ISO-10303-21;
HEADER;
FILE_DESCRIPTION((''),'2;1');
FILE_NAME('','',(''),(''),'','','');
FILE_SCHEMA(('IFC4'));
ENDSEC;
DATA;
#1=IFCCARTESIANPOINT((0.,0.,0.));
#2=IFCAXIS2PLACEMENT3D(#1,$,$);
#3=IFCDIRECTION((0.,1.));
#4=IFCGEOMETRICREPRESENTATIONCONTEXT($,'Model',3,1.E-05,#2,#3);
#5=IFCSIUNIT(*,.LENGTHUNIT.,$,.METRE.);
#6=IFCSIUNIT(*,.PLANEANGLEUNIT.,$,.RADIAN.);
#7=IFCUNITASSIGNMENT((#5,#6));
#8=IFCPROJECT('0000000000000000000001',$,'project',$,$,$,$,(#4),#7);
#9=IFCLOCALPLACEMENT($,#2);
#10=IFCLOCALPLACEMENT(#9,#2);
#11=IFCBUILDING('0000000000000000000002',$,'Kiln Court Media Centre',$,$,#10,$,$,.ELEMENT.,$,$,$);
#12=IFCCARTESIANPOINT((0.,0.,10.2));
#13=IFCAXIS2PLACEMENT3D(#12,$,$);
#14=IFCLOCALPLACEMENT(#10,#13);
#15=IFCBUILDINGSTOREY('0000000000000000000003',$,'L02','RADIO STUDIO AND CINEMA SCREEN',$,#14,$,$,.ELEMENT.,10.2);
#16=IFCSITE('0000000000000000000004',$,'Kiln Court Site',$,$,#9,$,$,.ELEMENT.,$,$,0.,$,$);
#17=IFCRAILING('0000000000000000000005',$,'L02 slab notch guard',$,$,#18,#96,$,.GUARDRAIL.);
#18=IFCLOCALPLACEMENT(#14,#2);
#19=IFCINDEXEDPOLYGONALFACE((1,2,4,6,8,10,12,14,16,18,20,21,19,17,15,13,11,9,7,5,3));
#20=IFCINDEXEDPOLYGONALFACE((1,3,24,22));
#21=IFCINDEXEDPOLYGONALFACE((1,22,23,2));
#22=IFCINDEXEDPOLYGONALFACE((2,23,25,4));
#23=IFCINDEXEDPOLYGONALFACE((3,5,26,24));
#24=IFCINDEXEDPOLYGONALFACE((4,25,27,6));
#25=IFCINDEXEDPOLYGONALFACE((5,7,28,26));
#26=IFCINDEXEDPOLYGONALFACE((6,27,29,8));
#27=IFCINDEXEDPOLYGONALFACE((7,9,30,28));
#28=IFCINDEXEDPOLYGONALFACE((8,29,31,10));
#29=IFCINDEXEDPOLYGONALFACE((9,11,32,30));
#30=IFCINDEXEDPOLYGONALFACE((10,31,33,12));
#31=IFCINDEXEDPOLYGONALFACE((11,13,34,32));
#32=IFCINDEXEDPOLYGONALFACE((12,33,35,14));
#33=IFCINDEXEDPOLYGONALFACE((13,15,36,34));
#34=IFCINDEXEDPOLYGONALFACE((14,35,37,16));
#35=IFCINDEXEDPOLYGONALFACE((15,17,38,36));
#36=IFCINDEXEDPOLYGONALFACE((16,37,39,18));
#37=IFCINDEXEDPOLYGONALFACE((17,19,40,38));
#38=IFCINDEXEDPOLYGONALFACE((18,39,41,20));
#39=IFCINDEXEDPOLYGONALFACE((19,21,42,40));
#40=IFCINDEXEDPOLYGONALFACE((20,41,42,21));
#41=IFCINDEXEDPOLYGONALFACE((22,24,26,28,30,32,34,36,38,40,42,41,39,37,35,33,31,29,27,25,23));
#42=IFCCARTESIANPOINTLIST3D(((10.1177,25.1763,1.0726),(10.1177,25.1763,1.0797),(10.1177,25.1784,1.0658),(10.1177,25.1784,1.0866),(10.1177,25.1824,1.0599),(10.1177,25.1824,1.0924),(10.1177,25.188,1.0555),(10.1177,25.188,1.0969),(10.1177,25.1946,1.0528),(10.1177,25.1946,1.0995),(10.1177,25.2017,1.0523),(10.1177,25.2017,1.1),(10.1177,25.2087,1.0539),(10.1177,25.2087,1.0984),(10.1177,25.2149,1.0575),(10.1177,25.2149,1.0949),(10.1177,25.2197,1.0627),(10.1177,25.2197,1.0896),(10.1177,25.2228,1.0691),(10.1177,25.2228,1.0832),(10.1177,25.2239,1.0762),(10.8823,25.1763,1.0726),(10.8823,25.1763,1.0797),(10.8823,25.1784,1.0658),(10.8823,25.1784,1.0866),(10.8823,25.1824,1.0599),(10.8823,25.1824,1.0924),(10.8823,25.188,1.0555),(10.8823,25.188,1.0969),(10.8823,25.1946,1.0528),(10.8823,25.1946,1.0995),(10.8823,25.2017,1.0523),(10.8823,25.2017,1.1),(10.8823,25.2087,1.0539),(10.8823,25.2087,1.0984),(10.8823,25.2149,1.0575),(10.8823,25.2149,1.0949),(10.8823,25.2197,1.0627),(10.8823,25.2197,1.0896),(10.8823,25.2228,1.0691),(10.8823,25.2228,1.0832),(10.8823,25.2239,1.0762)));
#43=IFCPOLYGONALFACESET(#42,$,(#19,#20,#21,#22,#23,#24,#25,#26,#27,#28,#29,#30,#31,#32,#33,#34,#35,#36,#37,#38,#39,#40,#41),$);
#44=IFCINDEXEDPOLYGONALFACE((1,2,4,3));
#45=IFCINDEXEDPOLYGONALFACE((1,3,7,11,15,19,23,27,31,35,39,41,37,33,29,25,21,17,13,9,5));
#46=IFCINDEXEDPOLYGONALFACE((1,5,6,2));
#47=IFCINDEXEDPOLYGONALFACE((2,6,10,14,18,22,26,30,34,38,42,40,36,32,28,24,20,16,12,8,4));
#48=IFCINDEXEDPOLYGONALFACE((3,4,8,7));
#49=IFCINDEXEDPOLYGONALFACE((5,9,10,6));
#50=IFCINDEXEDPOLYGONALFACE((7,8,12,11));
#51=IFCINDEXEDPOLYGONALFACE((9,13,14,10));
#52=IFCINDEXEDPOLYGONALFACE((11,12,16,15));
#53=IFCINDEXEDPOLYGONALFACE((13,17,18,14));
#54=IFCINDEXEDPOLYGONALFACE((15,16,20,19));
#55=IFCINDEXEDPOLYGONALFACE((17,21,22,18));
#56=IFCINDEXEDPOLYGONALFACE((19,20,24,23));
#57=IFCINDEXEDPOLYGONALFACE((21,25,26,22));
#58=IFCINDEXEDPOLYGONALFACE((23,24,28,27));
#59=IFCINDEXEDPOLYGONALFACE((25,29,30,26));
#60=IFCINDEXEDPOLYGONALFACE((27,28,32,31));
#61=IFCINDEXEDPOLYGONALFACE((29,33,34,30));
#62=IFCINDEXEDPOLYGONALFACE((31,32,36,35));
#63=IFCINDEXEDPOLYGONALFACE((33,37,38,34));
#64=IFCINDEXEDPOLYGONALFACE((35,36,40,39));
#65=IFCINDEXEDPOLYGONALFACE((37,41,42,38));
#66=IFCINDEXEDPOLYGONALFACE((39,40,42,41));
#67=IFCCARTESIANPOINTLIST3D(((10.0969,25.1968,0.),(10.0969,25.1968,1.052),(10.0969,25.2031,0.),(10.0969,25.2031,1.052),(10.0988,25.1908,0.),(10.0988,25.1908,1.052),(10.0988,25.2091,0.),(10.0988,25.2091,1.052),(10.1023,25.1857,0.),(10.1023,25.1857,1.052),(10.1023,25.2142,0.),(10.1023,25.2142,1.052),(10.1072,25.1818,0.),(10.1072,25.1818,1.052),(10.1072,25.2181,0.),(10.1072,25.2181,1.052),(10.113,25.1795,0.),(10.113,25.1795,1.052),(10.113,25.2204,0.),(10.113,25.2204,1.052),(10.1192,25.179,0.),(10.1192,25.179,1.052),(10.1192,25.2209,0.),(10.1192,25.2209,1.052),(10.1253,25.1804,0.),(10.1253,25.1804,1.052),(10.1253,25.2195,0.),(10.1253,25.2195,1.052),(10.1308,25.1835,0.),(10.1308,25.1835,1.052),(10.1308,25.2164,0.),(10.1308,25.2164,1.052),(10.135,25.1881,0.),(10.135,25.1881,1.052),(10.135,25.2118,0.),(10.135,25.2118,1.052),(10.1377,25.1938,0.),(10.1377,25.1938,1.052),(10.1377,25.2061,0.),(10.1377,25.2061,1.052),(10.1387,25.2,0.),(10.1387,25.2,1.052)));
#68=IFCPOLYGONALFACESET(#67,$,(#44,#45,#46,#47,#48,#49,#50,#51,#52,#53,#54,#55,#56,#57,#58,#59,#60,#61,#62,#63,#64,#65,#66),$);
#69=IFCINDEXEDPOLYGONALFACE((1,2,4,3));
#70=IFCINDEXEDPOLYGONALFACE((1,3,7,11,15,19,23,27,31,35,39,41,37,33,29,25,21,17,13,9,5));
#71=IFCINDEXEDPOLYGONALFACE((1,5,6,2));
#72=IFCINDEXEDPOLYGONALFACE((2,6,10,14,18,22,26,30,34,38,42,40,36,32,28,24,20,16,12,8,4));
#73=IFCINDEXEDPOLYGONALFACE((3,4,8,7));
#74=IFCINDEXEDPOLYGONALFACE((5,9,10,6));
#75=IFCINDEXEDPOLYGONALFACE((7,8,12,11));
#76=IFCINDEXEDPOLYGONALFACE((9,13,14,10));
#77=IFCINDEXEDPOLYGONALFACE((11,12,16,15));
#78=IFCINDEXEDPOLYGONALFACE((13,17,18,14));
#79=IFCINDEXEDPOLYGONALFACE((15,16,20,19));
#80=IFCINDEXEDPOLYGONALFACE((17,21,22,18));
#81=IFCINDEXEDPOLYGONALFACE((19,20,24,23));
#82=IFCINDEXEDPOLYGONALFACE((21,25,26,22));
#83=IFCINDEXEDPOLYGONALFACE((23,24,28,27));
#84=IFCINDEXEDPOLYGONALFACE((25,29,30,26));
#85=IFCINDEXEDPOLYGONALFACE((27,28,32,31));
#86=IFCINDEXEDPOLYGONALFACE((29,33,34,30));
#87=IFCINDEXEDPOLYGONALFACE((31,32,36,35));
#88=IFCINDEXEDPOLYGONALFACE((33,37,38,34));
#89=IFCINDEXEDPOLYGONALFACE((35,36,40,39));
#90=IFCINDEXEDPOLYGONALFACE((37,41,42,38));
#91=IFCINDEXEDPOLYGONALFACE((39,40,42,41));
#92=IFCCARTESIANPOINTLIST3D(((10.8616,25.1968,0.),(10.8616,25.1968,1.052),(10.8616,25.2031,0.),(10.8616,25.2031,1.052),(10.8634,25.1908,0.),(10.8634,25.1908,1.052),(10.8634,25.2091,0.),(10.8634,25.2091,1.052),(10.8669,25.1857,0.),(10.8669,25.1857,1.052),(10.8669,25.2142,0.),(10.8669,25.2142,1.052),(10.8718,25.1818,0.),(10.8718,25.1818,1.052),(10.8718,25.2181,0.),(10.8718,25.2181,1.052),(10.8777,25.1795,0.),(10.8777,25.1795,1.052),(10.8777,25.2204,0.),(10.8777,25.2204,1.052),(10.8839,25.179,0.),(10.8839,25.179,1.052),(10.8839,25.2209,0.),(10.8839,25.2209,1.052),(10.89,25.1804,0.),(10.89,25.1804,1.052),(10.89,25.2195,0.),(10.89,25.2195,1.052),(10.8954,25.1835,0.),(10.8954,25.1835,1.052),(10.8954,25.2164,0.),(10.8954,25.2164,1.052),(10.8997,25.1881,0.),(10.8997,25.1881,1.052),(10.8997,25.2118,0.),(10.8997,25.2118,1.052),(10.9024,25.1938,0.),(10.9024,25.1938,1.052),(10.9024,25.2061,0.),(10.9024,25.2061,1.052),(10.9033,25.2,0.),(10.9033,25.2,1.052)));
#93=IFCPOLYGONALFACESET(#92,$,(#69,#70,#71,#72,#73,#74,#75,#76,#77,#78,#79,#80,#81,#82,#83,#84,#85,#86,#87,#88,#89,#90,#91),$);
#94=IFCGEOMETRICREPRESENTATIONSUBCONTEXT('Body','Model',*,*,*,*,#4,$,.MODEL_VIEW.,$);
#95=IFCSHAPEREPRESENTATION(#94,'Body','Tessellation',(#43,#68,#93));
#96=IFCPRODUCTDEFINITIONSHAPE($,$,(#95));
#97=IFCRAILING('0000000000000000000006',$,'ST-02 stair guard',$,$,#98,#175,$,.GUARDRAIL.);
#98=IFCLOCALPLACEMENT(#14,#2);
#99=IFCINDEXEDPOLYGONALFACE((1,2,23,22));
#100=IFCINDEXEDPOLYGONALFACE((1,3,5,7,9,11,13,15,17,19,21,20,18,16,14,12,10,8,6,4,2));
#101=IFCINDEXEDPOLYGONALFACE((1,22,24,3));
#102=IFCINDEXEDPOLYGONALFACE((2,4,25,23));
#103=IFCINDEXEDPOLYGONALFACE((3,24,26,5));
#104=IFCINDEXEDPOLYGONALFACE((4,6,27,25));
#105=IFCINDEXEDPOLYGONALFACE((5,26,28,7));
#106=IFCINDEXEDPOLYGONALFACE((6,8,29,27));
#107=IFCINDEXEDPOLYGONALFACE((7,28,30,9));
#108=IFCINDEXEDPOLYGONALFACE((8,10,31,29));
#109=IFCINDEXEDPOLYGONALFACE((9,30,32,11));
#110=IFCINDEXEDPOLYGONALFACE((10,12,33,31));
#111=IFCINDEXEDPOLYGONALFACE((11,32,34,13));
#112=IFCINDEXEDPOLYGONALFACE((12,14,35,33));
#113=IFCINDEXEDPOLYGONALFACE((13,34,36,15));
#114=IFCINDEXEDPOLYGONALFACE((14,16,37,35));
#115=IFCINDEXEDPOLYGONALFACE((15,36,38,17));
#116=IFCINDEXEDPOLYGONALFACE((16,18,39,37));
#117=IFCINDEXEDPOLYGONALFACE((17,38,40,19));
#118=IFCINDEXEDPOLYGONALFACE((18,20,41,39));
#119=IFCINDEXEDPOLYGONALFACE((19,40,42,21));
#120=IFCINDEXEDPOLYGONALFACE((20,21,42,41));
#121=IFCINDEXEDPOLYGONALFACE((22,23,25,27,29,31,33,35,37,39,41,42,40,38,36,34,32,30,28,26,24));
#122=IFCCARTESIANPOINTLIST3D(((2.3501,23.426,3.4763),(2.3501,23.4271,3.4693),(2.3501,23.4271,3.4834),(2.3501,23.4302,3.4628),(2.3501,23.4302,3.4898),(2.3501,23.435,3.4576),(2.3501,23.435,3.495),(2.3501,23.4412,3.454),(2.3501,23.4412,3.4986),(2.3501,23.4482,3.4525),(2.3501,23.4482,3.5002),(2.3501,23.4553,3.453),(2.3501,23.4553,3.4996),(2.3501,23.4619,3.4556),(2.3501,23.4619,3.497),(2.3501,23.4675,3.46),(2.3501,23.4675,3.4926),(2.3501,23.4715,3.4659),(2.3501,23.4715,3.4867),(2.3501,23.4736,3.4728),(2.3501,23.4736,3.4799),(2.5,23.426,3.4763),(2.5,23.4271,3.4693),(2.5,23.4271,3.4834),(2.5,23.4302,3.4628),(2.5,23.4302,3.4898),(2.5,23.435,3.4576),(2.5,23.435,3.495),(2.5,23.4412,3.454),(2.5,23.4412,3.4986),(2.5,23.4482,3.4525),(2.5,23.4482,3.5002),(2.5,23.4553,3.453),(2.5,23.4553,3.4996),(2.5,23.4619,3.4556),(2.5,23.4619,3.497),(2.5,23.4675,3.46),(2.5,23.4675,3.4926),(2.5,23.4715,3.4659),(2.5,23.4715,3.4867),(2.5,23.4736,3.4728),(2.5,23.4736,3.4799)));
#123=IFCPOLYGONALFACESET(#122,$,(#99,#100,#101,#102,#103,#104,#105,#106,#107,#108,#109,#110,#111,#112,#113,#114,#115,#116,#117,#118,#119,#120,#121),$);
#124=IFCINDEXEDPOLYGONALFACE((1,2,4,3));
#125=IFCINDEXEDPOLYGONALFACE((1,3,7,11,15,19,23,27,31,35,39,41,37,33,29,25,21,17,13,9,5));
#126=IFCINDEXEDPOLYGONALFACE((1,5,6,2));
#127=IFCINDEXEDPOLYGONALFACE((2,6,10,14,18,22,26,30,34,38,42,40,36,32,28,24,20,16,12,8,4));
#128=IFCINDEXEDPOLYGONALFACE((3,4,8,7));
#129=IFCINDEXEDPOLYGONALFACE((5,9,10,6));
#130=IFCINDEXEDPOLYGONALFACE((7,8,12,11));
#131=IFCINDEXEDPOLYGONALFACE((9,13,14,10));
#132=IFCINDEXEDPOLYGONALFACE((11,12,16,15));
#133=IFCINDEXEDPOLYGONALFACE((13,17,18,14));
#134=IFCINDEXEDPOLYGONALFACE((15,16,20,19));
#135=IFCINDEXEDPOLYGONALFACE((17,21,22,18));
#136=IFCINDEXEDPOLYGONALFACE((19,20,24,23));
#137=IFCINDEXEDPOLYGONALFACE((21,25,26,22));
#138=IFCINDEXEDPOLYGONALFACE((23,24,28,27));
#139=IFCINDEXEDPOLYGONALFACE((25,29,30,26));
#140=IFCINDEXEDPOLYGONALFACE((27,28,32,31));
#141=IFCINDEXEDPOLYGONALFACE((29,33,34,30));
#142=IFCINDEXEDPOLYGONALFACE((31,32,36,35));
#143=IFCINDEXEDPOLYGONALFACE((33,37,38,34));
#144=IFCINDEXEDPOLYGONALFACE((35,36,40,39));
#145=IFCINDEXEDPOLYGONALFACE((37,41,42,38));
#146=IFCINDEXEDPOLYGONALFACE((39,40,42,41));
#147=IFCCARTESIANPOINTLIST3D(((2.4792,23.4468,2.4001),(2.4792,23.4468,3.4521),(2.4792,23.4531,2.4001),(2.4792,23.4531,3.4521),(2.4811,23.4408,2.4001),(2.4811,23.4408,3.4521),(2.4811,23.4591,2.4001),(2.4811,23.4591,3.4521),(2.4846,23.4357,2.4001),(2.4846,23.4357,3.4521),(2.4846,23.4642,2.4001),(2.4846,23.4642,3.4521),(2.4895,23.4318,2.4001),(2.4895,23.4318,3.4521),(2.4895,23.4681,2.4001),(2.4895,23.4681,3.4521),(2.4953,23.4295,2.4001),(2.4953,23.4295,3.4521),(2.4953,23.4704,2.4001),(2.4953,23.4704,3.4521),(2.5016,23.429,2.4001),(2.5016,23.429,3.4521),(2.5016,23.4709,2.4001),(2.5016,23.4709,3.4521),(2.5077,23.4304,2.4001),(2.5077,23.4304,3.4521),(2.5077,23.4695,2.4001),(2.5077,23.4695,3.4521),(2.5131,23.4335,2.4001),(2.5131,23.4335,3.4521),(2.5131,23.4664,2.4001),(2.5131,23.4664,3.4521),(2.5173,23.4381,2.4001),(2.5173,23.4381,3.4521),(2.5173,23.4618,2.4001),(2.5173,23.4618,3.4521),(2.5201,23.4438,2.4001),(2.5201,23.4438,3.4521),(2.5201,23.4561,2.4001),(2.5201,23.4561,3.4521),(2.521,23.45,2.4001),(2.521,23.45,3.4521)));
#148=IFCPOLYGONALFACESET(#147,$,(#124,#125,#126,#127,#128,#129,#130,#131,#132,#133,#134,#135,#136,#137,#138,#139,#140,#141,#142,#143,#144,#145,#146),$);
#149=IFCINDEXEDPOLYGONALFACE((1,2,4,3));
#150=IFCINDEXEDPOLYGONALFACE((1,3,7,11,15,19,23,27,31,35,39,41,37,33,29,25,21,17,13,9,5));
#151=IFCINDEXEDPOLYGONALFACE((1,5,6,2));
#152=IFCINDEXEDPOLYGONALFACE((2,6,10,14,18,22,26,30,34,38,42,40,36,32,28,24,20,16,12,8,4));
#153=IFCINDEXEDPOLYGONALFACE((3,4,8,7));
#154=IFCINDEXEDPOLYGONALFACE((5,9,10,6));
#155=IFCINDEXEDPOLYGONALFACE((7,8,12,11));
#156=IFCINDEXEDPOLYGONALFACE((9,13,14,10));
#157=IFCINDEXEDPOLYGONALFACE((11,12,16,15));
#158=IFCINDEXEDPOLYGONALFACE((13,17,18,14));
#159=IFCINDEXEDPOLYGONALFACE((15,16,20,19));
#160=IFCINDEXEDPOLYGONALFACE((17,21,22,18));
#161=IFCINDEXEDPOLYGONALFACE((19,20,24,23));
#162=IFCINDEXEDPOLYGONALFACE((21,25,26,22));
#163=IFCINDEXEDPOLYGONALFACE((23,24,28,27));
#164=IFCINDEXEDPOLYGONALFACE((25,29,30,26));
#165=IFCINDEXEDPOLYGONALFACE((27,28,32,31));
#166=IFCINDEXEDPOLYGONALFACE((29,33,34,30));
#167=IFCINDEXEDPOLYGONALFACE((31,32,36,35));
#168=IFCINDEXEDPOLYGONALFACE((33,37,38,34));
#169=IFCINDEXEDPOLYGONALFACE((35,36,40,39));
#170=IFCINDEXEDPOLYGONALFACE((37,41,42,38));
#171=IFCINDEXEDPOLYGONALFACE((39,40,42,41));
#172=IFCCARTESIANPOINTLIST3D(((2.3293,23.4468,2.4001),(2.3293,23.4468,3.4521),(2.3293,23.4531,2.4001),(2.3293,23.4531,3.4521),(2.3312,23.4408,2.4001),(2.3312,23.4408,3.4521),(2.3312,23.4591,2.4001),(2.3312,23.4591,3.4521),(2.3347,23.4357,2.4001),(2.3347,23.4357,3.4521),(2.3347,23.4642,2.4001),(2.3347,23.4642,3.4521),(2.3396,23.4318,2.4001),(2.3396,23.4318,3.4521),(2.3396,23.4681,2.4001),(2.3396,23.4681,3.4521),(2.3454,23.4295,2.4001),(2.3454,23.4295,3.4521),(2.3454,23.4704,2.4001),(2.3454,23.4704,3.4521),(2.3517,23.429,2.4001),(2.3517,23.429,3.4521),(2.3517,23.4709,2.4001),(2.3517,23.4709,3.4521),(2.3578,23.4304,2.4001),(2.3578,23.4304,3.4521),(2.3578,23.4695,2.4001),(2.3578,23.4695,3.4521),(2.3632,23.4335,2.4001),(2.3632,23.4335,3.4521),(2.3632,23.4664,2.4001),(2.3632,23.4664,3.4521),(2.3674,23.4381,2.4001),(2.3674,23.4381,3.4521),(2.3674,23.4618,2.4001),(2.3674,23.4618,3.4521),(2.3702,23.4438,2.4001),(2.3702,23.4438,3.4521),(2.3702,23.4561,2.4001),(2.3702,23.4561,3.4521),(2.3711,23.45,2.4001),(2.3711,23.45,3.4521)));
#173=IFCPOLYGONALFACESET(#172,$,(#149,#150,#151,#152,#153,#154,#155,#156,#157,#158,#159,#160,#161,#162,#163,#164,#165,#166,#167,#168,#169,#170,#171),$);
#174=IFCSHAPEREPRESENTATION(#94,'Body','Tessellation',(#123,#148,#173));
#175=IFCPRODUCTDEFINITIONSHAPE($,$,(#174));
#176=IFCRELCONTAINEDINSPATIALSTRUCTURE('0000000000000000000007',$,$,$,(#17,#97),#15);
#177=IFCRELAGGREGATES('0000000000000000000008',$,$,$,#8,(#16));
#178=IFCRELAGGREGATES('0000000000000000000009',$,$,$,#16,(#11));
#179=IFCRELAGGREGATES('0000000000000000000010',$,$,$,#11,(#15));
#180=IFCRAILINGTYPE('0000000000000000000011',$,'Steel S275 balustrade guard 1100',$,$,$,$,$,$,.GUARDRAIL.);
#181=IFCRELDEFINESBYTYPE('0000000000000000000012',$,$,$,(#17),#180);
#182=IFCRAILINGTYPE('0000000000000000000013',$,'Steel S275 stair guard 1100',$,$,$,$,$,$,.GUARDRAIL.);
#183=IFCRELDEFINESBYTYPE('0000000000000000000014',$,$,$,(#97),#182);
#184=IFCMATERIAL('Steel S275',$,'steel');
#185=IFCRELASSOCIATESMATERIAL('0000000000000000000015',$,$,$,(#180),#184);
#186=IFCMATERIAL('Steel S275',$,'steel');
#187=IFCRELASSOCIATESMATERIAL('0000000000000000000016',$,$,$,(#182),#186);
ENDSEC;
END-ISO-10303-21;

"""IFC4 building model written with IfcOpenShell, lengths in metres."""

from ifc_helpers import new_model, si_unit, direction, frame, origin, origin_2d, place, context, subcontext, project, spatial, circle, extrude, material, type_object, element, save


model = new_model("IFC4")

# Units and contexts
model_context = context("Model", 3, precision=1e-05, world=origin(), true_north=direction((0.0, 1.0)))
body_context = subcontext(model_context, "Body", "Model", "MODEL_VIEW")
ifc_project = project(units=[si_unit("LENGTHUNIT", "METRE"), si_unit("PLANEANGLEUNIT", "RADIAN")], contexts=[model_context])

# Site, building, storey
site_placement = place(None, origin())
site = spatial("IfcSite", under=ifc_project, at=site_placement, Name="Kiln Court Site", CompositionType="ELEMENT", RefElevation=0.0)
building_placement = place(site_placement, origin())
building = spatial("IfcBuilding", under=site, at=building_placement, Name="Kiln Court Media Centre", CompositionType="ELEMENT")
storey_placement = place(building_placement, frame((0.0, 0.0, 10.2)))
storey = spatial("IfcBuildingStorey", under=building, at=storey_placement, Name="L02", Description="RADIO STUDIO AND CINEMA SCREEN", CompositionType="ELEMENT", Elevation=10.2)

# Railings
ifc_material_1 = material(Name="Steel S275", Category="steel")
railing_type_1 = type_object("IfcRailingType", Name="Steel S275 balustrade guard 1100", PredefinedType="GUARDRAIL", material=ifc_material_1)
railing_1_placement = place(storey_placement, frame((10.1177, 25.2, 0.0)))
element("IfcRailing", 1, at=railing_1_placement, inside=storey, type_object=railing_type_1, Name="L02 slab notch guard", PredefinedType="GUARDRAIL", context=body_context, shape_type="SweptSolid", body=[
    extrude(circle(Radius=0.0239, at=origin_2d()), frame((0.0, 0.0, 1.0762), z_axis=(1.0, 0.0, 0.0), x_axis=(0.0, 1.0, 0.0)), (0.0, 0.0, 1.0), 0.7646),
    extrude(circle(Radius=0.021, at=origin_2d()), origin(), (0.0, 0.0, 1.0), 1.052),
    extrude(circle(Radius=0.021, at=origin_2d()), frame((0.7646, 0.0, 0.0)), (0.0, 0.0, 1.0), 1.052),
])
ifc_material_2 = material(Name="Steel S275", Category="steel")
railing_type_2 = type_object("IfcRailingType", Name="Steel S275 stair guard 1100", PredefinedType="GUARDRAIL", material=ifc_material_2)
railing_2_placement = place(storey_placement, frame((2.5, 23.45, 2.4001)))
element("IfcRailing", 2, at=railing_2_placement, inside=storey, type_object=railing_type_2, Name="ST-02 stair guard", PredefinedType="GUARDRAIL", context=body_context, shape_type="SweptSolid", body=[
    extrude(circle(Radius=0.0239, at=origin_2d()), frame((0.0, 0.0, 1.0762), z_axis=(-1.0, 0.0, 0.0), x_axis=(0.0, -1.0, 0.0)), (0.0, 0.0, 1.0), 0.1499),
    extrude(circle(Radius=0.021, at=origin_2d()), origin(), (0.0, 0.0, 1.0), 1.052),
    extrude(circle(Radius=0.021, at=origin_2d()), frame((-0.1499, 0.0, 0.0)), (0.0, 0.0, 1.0), 1.052),
])

save(model, "model.ifc")
